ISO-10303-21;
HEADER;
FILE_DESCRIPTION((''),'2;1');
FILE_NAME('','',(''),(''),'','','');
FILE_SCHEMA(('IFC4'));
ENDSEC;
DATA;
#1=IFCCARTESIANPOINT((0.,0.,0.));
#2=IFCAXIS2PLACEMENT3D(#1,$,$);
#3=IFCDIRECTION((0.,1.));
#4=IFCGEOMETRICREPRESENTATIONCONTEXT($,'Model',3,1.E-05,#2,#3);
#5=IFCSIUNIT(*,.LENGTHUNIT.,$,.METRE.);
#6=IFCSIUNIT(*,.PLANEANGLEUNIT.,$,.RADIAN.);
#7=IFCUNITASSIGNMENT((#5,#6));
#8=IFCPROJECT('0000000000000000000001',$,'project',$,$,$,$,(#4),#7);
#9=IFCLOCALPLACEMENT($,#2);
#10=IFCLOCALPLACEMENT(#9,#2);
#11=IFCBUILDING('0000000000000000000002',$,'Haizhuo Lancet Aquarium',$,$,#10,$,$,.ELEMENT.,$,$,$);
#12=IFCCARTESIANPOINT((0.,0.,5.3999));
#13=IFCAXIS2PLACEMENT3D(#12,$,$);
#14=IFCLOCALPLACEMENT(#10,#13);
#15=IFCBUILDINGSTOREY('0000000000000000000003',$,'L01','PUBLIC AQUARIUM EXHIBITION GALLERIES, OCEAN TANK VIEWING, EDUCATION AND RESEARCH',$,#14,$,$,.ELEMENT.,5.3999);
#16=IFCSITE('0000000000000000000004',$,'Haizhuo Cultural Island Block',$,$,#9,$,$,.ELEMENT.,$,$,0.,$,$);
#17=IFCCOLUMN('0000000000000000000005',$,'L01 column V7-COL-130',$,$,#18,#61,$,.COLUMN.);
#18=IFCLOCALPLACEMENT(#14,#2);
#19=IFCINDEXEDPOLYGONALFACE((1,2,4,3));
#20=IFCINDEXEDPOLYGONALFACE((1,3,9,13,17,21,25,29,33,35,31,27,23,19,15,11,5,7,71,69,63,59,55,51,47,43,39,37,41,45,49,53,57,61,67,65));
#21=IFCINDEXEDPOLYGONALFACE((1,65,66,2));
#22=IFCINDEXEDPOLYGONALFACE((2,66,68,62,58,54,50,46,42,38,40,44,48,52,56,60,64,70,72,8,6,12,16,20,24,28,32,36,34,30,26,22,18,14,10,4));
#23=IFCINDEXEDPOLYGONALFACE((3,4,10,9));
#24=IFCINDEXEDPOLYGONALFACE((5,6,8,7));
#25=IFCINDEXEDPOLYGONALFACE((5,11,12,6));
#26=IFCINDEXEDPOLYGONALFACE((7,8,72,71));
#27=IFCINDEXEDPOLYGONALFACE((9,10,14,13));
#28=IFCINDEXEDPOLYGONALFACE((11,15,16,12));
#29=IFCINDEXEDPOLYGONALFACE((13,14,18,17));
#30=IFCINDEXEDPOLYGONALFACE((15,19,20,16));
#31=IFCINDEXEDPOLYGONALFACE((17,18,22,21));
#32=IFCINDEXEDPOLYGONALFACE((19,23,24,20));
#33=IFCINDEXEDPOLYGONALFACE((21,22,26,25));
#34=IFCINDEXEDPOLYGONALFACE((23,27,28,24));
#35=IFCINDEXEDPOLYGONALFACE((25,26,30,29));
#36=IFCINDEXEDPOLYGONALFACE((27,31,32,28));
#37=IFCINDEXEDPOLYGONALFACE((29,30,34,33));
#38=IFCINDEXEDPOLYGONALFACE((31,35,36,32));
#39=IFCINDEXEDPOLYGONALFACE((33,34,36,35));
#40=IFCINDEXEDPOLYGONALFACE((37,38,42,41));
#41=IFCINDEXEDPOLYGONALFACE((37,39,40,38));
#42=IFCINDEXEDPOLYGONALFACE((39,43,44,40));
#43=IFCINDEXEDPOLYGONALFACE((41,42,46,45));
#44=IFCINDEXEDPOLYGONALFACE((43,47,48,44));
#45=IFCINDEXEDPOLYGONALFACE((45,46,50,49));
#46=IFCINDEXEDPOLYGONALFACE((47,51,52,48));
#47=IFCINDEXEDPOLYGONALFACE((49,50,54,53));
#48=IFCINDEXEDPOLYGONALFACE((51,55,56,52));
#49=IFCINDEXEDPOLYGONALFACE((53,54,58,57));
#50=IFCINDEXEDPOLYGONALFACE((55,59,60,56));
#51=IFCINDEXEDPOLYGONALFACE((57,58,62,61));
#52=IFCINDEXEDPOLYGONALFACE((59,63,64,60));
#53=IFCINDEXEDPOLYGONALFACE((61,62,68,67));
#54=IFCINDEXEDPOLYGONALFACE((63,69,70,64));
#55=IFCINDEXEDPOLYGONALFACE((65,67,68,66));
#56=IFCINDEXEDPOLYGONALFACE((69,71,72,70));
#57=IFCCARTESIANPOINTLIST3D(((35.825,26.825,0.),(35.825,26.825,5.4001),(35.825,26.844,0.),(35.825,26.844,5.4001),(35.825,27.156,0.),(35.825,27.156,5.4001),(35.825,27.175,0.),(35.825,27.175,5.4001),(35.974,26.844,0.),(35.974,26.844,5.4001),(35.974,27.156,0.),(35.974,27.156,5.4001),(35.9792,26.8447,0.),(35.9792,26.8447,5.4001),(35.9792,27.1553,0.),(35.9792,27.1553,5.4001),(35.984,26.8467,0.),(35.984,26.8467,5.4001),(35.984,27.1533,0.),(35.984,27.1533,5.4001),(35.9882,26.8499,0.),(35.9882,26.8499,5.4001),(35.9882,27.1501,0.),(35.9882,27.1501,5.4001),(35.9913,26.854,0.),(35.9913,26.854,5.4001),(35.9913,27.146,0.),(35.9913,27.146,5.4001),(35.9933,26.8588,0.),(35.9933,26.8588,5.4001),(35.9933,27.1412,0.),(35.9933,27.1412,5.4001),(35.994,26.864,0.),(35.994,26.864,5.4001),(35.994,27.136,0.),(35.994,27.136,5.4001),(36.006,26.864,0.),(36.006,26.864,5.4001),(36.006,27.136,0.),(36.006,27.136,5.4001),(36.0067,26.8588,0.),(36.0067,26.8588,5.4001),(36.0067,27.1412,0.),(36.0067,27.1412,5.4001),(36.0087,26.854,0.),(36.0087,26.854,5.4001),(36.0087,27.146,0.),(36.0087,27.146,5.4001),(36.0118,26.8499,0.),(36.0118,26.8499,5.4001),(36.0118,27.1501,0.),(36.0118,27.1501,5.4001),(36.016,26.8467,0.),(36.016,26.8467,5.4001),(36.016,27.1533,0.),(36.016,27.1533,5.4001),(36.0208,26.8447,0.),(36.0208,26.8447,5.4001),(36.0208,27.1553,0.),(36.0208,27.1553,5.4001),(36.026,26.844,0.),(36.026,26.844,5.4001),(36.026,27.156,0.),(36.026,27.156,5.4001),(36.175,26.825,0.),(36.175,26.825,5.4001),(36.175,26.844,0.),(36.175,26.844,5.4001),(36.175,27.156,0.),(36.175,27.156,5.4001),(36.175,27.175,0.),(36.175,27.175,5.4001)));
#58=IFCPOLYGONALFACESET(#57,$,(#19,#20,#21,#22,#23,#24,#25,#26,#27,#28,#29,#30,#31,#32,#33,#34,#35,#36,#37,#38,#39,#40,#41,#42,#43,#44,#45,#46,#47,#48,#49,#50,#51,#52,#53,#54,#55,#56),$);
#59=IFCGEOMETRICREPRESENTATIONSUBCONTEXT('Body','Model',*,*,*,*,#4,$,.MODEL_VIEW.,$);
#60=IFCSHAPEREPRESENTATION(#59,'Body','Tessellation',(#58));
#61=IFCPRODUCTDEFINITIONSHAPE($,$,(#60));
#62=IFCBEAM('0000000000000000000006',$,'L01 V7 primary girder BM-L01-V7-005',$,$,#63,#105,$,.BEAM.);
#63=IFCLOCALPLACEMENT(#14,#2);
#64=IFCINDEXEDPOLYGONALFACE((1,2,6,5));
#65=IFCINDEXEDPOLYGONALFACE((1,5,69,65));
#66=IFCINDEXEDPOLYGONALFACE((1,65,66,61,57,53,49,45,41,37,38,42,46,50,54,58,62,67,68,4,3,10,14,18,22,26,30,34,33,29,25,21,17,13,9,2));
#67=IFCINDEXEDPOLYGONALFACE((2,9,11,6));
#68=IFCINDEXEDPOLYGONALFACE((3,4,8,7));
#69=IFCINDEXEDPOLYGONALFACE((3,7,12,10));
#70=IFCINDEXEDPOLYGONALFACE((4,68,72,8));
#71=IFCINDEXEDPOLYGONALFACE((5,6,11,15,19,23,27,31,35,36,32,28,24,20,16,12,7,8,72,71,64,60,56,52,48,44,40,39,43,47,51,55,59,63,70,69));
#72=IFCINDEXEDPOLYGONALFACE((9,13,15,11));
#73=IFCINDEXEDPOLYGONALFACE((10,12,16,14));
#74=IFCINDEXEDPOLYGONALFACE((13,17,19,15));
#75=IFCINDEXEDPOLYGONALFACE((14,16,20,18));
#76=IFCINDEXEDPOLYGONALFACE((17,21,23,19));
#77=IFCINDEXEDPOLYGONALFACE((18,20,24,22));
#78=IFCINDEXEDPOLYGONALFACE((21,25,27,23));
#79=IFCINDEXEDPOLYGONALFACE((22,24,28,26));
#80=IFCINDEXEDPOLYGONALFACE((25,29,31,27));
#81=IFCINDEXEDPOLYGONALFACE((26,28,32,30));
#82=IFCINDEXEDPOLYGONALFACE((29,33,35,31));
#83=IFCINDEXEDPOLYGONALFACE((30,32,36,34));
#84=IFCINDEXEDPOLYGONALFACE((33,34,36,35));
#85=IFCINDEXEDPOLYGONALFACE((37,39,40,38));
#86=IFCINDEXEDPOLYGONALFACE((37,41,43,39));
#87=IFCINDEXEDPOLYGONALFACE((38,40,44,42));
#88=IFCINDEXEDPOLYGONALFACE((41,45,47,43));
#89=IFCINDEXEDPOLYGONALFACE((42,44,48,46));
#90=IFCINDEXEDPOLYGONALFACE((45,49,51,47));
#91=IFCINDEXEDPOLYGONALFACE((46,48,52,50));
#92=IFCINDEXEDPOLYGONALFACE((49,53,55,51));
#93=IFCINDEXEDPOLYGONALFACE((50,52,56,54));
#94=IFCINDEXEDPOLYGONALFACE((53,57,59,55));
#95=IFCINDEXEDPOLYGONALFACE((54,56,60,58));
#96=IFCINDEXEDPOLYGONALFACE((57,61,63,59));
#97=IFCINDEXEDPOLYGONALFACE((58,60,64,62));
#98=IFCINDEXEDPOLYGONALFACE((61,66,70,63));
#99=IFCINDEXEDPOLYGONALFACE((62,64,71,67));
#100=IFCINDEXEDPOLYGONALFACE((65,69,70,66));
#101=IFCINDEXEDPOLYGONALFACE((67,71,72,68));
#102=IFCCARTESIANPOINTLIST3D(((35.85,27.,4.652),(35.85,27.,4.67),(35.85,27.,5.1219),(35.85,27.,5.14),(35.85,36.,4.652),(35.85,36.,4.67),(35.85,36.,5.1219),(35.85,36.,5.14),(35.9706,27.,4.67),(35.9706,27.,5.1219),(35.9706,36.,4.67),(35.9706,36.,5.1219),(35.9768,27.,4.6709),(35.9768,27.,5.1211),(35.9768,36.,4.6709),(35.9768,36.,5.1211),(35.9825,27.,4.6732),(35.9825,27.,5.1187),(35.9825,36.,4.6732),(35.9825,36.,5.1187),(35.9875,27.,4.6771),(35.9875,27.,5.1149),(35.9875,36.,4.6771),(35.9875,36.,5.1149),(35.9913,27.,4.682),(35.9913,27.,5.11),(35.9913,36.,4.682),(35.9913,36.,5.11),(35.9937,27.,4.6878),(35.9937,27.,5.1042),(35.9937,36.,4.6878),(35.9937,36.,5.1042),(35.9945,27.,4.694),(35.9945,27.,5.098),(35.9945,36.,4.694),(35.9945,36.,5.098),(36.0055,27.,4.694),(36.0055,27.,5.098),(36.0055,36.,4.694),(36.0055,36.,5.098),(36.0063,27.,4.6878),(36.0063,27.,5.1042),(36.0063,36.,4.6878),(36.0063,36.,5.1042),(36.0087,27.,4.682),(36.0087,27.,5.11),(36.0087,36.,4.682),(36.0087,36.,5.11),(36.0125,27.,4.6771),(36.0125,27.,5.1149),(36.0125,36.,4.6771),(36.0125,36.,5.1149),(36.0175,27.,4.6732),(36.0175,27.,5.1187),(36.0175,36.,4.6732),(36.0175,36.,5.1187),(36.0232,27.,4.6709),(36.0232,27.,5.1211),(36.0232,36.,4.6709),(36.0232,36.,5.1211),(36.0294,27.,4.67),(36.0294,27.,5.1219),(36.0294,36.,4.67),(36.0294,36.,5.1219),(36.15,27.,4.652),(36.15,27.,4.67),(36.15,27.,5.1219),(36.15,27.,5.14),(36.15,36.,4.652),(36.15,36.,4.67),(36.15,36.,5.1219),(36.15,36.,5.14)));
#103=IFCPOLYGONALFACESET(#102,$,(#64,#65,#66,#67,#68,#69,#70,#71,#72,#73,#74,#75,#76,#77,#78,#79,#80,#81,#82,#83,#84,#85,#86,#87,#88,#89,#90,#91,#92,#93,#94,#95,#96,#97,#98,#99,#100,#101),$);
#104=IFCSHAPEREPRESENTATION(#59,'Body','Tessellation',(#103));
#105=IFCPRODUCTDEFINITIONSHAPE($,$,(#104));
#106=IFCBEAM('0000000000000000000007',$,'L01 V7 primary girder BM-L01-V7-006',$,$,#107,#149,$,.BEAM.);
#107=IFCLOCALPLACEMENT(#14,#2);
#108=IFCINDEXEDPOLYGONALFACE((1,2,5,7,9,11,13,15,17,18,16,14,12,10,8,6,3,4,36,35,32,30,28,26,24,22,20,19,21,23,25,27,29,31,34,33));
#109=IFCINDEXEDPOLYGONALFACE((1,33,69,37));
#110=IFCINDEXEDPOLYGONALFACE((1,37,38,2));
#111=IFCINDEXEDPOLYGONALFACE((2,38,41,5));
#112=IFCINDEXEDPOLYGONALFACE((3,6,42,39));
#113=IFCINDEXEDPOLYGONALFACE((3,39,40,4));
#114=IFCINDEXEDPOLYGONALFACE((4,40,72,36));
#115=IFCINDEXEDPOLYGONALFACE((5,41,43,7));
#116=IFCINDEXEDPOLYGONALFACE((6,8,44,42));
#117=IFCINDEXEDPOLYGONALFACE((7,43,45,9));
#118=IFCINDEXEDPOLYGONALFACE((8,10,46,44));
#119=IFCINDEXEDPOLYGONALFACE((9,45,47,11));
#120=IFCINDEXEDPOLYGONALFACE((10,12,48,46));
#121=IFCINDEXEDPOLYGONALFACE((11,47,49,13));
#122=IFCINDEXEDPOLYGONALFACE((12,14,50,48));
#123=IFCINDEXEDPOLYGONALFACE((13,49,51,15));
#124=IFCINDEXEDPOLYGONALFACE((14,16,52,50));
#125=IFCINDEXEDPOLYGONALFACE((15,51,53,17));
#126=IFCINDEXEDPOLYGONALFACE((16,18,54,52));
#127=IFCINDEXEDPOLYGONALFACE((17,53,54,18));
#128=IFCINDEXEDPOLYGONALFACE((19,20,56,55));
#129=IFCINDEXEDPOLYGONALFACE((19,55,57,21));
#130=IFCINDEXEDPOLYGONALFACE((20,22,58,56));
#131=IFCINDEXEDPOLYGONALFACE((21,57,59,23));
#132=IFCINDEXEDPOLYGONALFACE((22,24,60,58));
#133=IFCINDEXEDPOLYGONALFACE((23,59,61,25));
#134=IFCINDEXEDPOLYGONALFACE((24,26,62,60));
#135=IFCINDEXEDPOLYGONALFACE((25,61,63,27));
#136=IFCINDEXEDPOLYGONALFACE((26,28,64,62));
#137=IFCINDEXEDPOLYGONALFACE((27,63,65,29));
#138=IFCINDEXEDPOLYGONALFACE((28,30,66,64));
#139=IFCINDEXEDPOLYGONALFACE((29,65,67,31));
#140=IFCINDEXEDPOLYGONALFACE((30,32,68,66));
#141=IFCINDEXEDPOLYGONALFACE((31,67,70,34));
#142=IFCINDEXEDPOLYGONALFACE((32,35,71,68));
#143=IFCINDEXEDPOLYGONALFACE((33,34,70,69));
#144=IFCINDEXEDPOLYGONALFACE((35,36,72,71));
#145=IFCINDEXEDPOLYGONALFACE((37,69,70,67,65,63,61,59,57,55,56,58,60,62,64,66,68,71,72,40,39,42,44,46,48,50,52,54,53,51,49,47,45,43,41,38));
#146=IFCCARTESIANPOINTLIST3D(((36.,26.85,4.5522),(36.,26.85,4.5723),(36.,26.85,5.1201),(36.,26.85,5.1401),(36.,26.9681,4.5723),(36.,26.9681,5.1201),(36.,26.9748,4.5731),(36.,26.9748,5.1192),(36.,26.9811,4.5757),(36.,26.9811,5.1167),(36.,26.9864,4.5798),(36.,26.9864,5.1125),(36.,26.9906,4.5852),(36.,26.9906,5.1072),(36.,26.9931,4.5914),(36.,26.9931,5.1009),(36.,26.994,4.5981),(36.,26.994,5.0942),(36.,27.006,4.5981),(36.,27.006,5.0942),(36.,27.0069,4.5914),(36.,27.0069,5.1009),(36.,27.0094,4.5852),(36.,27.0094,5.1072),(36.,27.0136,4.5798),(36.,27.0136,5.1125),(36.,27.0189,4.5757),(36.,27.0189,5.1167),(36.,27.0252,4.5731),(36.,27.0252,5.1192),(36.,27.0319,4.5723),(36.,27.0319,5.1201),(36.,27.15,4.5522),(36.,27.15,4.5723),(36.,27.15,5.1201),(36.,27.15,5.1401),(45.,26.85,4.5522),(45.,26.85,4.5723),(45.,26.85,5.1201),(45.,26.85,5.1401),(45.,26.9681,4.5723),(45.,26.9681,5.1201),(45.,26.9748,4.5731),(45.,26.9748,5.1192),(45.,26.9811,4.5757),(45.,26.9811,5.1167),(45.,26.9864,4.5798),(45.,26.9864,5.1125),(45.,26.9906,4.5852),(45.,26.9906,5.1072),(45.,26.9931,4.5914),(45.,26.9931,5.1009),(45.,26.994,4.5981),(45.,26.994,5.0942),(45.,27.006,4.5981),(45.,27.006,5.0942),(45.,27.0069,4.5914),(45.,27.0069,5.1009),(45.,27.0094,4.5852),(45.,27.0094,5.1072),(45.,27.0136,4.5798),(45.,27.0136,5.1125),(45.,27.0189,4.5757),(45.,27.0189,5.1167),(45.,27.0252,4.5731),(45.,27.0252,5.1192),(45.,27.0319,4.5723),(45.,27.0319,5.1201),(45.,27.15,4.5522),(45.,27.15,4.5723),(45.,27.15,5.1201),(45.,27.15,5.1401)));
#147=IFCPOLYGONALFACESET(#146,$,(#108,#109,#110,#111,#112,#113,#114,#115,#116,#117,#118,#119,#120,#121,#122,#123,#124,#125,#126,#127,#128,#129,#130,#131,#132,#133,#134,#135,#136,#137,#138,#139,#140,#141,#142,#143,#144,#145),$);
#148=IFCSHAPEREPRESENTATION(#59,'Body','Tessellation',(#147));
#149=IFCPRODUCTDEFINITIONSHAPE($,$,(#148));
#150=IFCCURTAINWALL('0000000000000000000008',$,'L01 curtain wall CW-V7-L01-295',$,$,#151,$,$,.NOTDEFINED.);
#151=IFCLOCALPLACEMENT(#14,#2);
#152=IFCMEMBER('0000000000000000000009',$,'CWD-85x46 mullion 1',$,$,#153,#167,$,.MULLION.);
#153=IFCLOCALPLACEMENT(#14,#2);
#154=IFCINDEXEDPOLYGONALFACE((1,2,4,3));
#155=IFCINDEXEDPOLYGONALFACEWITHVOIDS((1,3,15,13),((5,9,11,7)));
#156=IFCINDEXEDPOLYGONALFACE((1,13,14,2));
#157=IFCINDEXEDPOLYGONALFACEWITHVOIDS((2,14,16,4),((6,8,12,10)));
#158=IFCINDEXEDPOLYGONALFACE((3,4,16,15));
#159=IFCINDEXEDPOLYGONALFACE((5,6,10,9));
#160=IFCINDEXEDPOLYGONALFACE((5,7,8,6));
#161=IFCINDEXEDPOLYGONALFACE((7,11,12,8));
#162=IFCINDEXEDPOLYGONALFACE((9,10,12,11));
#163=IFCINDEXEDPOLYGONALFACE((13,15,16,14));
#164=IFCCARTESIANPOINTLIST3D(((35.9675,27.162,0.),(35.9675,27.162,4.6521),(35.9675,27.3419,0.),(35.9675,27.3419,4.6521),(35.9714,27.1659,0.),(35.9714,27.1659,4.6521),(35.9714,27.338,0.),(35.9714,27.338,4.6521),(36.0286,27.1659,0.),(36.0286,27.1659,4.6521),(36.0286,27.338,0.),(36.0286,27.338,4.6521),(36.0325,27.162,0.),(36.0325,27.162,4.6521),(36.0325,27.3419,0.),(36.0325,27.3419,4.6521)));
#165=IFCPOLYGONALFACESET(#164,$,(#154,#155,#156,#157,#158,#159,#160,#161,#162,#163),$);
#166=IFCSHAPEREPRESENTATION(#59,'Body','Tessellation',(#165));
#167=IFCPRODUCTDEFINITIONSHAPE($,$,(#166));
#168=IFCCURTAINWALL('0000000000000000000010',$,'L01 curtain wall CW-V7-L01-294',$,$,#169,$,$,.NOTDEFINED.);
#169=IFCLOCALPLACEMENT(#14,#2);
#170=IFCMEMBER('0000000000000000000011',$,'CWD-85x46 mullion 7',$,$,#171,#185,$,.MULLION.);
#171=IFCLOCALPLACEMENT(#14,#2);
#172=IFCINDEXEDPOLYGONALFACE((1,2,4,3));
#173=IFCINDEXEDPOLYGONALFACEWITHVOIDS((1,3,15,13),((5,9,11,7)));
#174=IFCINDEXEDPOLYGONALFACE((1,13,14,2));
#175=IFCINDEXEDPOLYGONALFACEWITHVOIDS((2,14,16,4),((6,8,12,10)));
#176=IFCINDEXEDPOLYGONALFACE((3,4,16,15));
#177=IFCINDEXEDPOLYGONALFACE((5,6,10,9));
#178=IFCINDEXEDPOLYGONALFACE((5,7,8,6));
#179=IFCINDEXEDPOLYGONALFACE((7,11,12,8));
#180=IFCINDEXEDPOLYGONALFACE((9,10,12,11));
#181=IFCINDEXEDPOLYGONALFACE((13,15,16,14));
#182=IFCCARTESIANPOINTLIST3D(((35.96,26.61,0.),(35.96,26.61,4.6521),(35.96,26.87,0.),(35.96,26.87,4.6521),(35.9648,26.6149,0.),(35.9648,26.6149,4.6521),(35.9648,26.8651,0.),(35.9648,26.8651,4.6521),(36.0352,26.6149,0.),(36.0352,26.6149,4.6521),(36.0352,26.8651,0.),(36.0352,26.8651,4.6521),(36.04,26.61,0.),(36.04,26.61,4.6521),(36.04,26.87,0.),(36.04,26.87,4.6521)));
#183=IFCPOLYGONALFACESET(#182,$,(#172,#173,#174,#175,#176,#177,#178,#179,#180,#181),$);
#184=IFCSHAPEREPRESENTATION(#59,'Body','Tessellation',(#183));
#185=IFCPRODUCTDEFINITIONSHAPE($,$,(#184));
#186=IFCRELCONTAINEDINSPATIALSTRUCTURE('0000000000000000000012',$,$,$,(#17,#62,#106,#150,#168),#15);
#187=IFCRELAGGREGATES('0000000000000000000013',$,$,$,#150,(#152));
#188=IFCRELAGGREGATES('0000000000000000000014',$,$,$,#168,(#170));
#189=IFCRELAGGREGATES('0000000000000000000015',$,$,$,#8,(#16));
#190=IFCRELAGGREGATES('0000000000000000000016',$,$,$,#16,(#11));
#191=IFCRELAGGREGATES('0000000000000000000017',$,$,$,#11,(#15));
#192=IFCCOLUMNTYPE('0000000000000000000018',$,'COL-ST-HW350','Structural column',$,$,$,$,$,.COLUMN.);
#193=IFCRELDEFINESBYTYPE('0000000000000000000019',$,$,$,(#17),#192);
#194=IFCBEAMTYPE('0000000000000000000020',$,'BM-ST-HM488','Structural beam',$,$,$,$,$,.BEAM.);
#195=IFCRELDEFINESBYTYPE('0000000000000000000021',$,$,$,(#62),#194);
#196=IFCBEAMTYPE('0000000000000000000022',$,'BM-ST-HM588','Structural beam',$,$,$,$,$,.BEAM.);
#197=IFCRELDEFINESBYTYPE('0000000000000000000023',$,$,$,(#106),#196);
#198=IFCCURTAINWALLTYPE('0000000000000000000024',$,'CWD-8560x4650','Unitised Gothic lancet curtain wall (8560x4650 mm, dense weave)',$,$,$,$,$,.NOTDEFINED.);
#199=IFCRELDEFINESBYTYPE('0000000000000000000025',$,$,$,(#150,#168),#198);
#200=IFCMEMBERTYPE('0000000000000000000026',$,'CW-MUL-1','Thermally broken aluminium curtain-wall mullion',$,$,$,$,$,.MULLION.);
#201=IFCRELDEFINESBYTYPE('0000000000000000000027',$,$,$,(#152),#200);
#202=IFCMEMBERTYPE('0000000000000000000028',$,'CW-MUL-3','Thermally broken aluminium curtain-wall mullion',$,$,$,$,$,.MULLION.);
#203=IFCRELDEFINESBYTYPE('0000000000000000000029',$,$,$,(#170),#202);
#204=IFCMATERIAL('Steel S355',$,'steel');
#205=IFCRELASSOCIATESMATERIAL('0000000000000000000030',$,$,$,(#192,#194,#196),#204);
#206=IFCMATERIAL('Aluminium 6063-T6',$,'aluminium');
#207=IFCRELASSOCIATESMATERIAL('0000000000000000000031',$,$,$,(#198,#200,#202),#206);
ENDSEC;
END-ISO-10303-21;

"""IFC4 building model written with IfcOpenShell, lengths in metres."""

from ifc_helpers import new_model, si_unit, direction, frame, origin, origin_2d, place, context, subcontext, project, spatial, hollow_rectangle, i_section, extrude, material, material_profile, profile_set, type_object, element, aggregate, save


model = new_model("IFC4")

# Units and contexts
model_context = context("Model", 3, precision=1e-05, world=origin(), true_north=direction((0.0, 1.0)))
body_context = subcontext(model_context, "Body", "Model", "MODEL_VIEW")
ifc_project = project(units=[si_unit("LENGTHUNIT", "METRE"), si_unit("PLANEANGLEUNIT", "RADIAN")], contexts=[model_context])

# Site, building, storey
site_placement = place(None, origin())
site = spatial("IfcSite", under=ifc_project, at=site_placement, Name="Haizhuo Cultural Island Block", CompositionType="ELEMENT", RefElevation=0.0)
building_placement = place(site_placement, origin())
building = spatial("IfcBuilding", under=site, at=building_placement, Name="Haizhuo Lancet Aquarium", CompositionType="ELEMENT")
storey_placement = place(building_placement, frame((0.0, 0.0, 5.3999)))
storey = spatial("IfcBuildingStorey", under=building, at=storey_placement, Name="L01", Description="PUBLIC AQUARIUM EXHIBITION GALLERIES, OCEAN TANK VIEWING, EDUCATION AND RESEARCH", CompositionType="ELEMENT", Elevation=5.3999)

# Column
ifc_material_1 = material(Name="Steel S355", Category="steel")
ifc_material_profile_1 = material_profile(ifc_material_1, i_section(OverallWidth=0.3501, OverallDepth=0.3501, WebThickness=0.012, FlangeThickness=0.019, FilletRadius=0.02, at=origin_2d()), Name="HW 350x350x12x19")
ifc_profile_set_1 = profile_set([ifc_material_profile_1], Name="Steel S355")
column_type = type_object("IfcColumnType", Name="COL-ST-HW350", Description="Structural column", PredefinedType="COLUMN", material=ifc_profile_set_1)
column_placement = place(storey_placement, frame((36.0, 27.0, 0.0), z_axis=(0.0, 0.0, 1.0), x_axis=(1.0, 0.0, 0.0)))
element("IfcColumn", 1, at=column_placement, inside=storey, type_object=column_type, Name="L01 column V7-COL-130", PredefinedType="COLUMN", context=body_context, shape_type="SweptSolid", body=[
    extrude(i_section(OverallWidth=0.3501, OverallDepth=0.3501, WebThickness=0.012, FlangeThickness=0.019, FilletRadius=0.02, at=origin_2d()), origin(), (0.0, 0.0, 1.0), 5.4001),
])

# Beams
ifc_material_profile_2 = material_profile(ifc_material_1, i_section(OverallWidth=0.3, OverallDepth=0.488, WebThickness=0.011, FlangeThickness=0.0181, FilletRadius=0.0239, at=origin_2d()), Name="HM 488x300x11x18")
ifc_profile_set_2 = profile_set([ifc_material_profile_2], Name="Steel S355")
beam_type_1 = type_object("IfcBeamType", Name="BM-ST-HM488", Description="Structural beam", PredefinedType="BEAM", material=ifc_profile_set_2)
beam_1_placement = place(storey_placement, frame((36.0, 27.0, 4.896), z_axis=(0.0, 1.0, 0.0), x_axis=(-1.0, 0.0, 0.0)))
element("IfcBeam", 2, at=beam_1_placement, inside=storey, type_object=beam_type_1, Name="L01 V7 primary girder BM-L01-V7-005", PredefinedType="BEAM", context=body_context, shape_type="SweptSolid", body=[
    extrude(i_section(OverallWidth=0.3, OverallDepth=0.488, WebThickness=0.011, FlangeThickness=0.0181, FilletRadius=0.0239, at=origin_2d()), origin(), (0.0, 0.0, 1.0), 9.0),
])
ifc_material_profile_3 = material_profile(ifc_material_1, i_section(OverallWidth=0.3, OverallDepth=0.5879, WebThickness=0.012, FlangeThickness=0.02, FilletRadius=0.0259, at=origin_2d()), Name="HM 588x300x12x20")
ifc_profile_set_3 = profile_set([ifc_material_profile_3], Name="Steel S355")
beam_type_2 = type_object("IfcBeamType", Name="BM-ST-HM588", Description="Structural beam", PredefinedType="BEAM", material=ifc_profile_set_3)
beam_2_placement = place(storey_placement, frame((36.0, 27.0, 4.8462), z_axis=(1.0, 0.0, 0.0), x_axis=(0.0, 1.0, 0.0)))
element("IfcBeam", 3, at=beam_2_placement, inside=storey, type_object=beam_type_2, Name="L01 V7 primary girder BM-L01-V7-006", PredefinedType="BEAM", context=body_context, shape_type="SweptSolid", body=[
    extrude(i_section(OverallWidth=0.3, OverallDepth=0.5879, WebThickness=0.012, FlangeThickness=0.02, FilletRadius=0.0259, at=origin_2d()), origin(), (0.0, 0.0, 1.0), 9.0),
])

# Curtain walls, members
ifc_material_2 = material(Name="Aluminium 6063-T6", Category="aluminium")
curtain_wall_type = type_object("IfcCurtainWallType", Name="CWD-8560x4650", Description="Unitised Gothic lancet curtain wall (8560x4650 mm, dense weave)", PredefinedType="NOTDEFINED", material=ifc_material_2)
curtain_wall_1_placement = place(storey_placement, origin())
curtain_wall_1 = element("IfcCurtainWall", 4, at=curtain_wall_1_placement, inside=storey, type_object=curtain_wall_type, Name="L01 curtain wall CW-V7-L01-295", PredefinedType="NOTDEFINED")
ifc_material_profile_4 = material_profile(ifc_material_2, hollow_rectangle(XDim=0.0649, YDim=0.1799, WallThickness=0.0039, at=origin_2d()), Name="ALU-M 65x180x4")
ifc_profile_set_4 = profile_set([ifc_material_profile_4], Name="Aluminium 6063-T6")
member_type_1 = type_object("IfcMemberType", Name="CW-MUL-1", Description="Thermally broken aluminium curtain-wall mullion", PredefinedType="MULLION", material=ifc_profile_set_4)
member_1_placement = place(storey_placement, frame((36.0, 27.252, 0.0), z_axis=(0.0, 0.0, 1.0), x_axis=(-1.0, 0.0, 0.0)))
member_1 = element("IfcMember", 5, at=member_1_placement, type_object=member_type_1, Name="CWD-85x46 mullion 1", PredefinedType="MULLION", context=body_context, shape_type="SweptSolid", body=[
    extrude(hollow_rectangle(XDim=0.0649, YDim=0.1799, WallThickness=0.0039, at=origin_2d()), origin(), (0.0, 0.0, 1.0), 4.6521),
])
curtain_wall_2_placement = place(storey_placement, origin())
curtain_wall_2 = element("IfcCurtainWall", 6, at=curtain_wall_2_placement, inside=storey, type_object=curtain_wall_type, Name="L01 curtain wall CW-V7-L01-294", PredefinedType="NOTDEFINED")
ifc_material_profile_5 = material_profile(ifc_material_2, hollow_rectangle(XDim=0.0801, YDim=0.26, WallThickness=0.0049, at=origin_2d()), Name="ALU-M 80x260x5")
ifc_profile_set_5 = profile_set([ifc_material_profile_5], Name="Aluminium 6063-T6")
member_type_2 = type_object("IfcMemberType", Name="CW-MUL-3", Description="Thermally broken aluminium curtain-wall mullion", PredefinedType="MULLION", material=ifc_profile_set_5)
member_2_placement = place(storey_placement, frame((36.0, 26.74, 0.0), z_axis=(0.0, 0.0, 1.0), x_axis=(-1.0, 0.0, 0.0)))
member_2 = element("IfcMember", 7, at=member_2_placement, type_object=member_type_2, Name="CWD-85x46 mullion 7", PredefinedType="MULLION", context=body_context, shape_type="SweptSolid", body=[
    extrude(hollow_rectangle(XDim=0.0801, YDim=0.26, WallThickness=0.0049, at=origin_2d()), origin(), (0.0, 0.0, 1.0), 4.6521),
])

aggregate(curtain_wall_1, [member_1])

aggregate(curtain_wall_2, [member_2])

save(model, "model.ifc")
